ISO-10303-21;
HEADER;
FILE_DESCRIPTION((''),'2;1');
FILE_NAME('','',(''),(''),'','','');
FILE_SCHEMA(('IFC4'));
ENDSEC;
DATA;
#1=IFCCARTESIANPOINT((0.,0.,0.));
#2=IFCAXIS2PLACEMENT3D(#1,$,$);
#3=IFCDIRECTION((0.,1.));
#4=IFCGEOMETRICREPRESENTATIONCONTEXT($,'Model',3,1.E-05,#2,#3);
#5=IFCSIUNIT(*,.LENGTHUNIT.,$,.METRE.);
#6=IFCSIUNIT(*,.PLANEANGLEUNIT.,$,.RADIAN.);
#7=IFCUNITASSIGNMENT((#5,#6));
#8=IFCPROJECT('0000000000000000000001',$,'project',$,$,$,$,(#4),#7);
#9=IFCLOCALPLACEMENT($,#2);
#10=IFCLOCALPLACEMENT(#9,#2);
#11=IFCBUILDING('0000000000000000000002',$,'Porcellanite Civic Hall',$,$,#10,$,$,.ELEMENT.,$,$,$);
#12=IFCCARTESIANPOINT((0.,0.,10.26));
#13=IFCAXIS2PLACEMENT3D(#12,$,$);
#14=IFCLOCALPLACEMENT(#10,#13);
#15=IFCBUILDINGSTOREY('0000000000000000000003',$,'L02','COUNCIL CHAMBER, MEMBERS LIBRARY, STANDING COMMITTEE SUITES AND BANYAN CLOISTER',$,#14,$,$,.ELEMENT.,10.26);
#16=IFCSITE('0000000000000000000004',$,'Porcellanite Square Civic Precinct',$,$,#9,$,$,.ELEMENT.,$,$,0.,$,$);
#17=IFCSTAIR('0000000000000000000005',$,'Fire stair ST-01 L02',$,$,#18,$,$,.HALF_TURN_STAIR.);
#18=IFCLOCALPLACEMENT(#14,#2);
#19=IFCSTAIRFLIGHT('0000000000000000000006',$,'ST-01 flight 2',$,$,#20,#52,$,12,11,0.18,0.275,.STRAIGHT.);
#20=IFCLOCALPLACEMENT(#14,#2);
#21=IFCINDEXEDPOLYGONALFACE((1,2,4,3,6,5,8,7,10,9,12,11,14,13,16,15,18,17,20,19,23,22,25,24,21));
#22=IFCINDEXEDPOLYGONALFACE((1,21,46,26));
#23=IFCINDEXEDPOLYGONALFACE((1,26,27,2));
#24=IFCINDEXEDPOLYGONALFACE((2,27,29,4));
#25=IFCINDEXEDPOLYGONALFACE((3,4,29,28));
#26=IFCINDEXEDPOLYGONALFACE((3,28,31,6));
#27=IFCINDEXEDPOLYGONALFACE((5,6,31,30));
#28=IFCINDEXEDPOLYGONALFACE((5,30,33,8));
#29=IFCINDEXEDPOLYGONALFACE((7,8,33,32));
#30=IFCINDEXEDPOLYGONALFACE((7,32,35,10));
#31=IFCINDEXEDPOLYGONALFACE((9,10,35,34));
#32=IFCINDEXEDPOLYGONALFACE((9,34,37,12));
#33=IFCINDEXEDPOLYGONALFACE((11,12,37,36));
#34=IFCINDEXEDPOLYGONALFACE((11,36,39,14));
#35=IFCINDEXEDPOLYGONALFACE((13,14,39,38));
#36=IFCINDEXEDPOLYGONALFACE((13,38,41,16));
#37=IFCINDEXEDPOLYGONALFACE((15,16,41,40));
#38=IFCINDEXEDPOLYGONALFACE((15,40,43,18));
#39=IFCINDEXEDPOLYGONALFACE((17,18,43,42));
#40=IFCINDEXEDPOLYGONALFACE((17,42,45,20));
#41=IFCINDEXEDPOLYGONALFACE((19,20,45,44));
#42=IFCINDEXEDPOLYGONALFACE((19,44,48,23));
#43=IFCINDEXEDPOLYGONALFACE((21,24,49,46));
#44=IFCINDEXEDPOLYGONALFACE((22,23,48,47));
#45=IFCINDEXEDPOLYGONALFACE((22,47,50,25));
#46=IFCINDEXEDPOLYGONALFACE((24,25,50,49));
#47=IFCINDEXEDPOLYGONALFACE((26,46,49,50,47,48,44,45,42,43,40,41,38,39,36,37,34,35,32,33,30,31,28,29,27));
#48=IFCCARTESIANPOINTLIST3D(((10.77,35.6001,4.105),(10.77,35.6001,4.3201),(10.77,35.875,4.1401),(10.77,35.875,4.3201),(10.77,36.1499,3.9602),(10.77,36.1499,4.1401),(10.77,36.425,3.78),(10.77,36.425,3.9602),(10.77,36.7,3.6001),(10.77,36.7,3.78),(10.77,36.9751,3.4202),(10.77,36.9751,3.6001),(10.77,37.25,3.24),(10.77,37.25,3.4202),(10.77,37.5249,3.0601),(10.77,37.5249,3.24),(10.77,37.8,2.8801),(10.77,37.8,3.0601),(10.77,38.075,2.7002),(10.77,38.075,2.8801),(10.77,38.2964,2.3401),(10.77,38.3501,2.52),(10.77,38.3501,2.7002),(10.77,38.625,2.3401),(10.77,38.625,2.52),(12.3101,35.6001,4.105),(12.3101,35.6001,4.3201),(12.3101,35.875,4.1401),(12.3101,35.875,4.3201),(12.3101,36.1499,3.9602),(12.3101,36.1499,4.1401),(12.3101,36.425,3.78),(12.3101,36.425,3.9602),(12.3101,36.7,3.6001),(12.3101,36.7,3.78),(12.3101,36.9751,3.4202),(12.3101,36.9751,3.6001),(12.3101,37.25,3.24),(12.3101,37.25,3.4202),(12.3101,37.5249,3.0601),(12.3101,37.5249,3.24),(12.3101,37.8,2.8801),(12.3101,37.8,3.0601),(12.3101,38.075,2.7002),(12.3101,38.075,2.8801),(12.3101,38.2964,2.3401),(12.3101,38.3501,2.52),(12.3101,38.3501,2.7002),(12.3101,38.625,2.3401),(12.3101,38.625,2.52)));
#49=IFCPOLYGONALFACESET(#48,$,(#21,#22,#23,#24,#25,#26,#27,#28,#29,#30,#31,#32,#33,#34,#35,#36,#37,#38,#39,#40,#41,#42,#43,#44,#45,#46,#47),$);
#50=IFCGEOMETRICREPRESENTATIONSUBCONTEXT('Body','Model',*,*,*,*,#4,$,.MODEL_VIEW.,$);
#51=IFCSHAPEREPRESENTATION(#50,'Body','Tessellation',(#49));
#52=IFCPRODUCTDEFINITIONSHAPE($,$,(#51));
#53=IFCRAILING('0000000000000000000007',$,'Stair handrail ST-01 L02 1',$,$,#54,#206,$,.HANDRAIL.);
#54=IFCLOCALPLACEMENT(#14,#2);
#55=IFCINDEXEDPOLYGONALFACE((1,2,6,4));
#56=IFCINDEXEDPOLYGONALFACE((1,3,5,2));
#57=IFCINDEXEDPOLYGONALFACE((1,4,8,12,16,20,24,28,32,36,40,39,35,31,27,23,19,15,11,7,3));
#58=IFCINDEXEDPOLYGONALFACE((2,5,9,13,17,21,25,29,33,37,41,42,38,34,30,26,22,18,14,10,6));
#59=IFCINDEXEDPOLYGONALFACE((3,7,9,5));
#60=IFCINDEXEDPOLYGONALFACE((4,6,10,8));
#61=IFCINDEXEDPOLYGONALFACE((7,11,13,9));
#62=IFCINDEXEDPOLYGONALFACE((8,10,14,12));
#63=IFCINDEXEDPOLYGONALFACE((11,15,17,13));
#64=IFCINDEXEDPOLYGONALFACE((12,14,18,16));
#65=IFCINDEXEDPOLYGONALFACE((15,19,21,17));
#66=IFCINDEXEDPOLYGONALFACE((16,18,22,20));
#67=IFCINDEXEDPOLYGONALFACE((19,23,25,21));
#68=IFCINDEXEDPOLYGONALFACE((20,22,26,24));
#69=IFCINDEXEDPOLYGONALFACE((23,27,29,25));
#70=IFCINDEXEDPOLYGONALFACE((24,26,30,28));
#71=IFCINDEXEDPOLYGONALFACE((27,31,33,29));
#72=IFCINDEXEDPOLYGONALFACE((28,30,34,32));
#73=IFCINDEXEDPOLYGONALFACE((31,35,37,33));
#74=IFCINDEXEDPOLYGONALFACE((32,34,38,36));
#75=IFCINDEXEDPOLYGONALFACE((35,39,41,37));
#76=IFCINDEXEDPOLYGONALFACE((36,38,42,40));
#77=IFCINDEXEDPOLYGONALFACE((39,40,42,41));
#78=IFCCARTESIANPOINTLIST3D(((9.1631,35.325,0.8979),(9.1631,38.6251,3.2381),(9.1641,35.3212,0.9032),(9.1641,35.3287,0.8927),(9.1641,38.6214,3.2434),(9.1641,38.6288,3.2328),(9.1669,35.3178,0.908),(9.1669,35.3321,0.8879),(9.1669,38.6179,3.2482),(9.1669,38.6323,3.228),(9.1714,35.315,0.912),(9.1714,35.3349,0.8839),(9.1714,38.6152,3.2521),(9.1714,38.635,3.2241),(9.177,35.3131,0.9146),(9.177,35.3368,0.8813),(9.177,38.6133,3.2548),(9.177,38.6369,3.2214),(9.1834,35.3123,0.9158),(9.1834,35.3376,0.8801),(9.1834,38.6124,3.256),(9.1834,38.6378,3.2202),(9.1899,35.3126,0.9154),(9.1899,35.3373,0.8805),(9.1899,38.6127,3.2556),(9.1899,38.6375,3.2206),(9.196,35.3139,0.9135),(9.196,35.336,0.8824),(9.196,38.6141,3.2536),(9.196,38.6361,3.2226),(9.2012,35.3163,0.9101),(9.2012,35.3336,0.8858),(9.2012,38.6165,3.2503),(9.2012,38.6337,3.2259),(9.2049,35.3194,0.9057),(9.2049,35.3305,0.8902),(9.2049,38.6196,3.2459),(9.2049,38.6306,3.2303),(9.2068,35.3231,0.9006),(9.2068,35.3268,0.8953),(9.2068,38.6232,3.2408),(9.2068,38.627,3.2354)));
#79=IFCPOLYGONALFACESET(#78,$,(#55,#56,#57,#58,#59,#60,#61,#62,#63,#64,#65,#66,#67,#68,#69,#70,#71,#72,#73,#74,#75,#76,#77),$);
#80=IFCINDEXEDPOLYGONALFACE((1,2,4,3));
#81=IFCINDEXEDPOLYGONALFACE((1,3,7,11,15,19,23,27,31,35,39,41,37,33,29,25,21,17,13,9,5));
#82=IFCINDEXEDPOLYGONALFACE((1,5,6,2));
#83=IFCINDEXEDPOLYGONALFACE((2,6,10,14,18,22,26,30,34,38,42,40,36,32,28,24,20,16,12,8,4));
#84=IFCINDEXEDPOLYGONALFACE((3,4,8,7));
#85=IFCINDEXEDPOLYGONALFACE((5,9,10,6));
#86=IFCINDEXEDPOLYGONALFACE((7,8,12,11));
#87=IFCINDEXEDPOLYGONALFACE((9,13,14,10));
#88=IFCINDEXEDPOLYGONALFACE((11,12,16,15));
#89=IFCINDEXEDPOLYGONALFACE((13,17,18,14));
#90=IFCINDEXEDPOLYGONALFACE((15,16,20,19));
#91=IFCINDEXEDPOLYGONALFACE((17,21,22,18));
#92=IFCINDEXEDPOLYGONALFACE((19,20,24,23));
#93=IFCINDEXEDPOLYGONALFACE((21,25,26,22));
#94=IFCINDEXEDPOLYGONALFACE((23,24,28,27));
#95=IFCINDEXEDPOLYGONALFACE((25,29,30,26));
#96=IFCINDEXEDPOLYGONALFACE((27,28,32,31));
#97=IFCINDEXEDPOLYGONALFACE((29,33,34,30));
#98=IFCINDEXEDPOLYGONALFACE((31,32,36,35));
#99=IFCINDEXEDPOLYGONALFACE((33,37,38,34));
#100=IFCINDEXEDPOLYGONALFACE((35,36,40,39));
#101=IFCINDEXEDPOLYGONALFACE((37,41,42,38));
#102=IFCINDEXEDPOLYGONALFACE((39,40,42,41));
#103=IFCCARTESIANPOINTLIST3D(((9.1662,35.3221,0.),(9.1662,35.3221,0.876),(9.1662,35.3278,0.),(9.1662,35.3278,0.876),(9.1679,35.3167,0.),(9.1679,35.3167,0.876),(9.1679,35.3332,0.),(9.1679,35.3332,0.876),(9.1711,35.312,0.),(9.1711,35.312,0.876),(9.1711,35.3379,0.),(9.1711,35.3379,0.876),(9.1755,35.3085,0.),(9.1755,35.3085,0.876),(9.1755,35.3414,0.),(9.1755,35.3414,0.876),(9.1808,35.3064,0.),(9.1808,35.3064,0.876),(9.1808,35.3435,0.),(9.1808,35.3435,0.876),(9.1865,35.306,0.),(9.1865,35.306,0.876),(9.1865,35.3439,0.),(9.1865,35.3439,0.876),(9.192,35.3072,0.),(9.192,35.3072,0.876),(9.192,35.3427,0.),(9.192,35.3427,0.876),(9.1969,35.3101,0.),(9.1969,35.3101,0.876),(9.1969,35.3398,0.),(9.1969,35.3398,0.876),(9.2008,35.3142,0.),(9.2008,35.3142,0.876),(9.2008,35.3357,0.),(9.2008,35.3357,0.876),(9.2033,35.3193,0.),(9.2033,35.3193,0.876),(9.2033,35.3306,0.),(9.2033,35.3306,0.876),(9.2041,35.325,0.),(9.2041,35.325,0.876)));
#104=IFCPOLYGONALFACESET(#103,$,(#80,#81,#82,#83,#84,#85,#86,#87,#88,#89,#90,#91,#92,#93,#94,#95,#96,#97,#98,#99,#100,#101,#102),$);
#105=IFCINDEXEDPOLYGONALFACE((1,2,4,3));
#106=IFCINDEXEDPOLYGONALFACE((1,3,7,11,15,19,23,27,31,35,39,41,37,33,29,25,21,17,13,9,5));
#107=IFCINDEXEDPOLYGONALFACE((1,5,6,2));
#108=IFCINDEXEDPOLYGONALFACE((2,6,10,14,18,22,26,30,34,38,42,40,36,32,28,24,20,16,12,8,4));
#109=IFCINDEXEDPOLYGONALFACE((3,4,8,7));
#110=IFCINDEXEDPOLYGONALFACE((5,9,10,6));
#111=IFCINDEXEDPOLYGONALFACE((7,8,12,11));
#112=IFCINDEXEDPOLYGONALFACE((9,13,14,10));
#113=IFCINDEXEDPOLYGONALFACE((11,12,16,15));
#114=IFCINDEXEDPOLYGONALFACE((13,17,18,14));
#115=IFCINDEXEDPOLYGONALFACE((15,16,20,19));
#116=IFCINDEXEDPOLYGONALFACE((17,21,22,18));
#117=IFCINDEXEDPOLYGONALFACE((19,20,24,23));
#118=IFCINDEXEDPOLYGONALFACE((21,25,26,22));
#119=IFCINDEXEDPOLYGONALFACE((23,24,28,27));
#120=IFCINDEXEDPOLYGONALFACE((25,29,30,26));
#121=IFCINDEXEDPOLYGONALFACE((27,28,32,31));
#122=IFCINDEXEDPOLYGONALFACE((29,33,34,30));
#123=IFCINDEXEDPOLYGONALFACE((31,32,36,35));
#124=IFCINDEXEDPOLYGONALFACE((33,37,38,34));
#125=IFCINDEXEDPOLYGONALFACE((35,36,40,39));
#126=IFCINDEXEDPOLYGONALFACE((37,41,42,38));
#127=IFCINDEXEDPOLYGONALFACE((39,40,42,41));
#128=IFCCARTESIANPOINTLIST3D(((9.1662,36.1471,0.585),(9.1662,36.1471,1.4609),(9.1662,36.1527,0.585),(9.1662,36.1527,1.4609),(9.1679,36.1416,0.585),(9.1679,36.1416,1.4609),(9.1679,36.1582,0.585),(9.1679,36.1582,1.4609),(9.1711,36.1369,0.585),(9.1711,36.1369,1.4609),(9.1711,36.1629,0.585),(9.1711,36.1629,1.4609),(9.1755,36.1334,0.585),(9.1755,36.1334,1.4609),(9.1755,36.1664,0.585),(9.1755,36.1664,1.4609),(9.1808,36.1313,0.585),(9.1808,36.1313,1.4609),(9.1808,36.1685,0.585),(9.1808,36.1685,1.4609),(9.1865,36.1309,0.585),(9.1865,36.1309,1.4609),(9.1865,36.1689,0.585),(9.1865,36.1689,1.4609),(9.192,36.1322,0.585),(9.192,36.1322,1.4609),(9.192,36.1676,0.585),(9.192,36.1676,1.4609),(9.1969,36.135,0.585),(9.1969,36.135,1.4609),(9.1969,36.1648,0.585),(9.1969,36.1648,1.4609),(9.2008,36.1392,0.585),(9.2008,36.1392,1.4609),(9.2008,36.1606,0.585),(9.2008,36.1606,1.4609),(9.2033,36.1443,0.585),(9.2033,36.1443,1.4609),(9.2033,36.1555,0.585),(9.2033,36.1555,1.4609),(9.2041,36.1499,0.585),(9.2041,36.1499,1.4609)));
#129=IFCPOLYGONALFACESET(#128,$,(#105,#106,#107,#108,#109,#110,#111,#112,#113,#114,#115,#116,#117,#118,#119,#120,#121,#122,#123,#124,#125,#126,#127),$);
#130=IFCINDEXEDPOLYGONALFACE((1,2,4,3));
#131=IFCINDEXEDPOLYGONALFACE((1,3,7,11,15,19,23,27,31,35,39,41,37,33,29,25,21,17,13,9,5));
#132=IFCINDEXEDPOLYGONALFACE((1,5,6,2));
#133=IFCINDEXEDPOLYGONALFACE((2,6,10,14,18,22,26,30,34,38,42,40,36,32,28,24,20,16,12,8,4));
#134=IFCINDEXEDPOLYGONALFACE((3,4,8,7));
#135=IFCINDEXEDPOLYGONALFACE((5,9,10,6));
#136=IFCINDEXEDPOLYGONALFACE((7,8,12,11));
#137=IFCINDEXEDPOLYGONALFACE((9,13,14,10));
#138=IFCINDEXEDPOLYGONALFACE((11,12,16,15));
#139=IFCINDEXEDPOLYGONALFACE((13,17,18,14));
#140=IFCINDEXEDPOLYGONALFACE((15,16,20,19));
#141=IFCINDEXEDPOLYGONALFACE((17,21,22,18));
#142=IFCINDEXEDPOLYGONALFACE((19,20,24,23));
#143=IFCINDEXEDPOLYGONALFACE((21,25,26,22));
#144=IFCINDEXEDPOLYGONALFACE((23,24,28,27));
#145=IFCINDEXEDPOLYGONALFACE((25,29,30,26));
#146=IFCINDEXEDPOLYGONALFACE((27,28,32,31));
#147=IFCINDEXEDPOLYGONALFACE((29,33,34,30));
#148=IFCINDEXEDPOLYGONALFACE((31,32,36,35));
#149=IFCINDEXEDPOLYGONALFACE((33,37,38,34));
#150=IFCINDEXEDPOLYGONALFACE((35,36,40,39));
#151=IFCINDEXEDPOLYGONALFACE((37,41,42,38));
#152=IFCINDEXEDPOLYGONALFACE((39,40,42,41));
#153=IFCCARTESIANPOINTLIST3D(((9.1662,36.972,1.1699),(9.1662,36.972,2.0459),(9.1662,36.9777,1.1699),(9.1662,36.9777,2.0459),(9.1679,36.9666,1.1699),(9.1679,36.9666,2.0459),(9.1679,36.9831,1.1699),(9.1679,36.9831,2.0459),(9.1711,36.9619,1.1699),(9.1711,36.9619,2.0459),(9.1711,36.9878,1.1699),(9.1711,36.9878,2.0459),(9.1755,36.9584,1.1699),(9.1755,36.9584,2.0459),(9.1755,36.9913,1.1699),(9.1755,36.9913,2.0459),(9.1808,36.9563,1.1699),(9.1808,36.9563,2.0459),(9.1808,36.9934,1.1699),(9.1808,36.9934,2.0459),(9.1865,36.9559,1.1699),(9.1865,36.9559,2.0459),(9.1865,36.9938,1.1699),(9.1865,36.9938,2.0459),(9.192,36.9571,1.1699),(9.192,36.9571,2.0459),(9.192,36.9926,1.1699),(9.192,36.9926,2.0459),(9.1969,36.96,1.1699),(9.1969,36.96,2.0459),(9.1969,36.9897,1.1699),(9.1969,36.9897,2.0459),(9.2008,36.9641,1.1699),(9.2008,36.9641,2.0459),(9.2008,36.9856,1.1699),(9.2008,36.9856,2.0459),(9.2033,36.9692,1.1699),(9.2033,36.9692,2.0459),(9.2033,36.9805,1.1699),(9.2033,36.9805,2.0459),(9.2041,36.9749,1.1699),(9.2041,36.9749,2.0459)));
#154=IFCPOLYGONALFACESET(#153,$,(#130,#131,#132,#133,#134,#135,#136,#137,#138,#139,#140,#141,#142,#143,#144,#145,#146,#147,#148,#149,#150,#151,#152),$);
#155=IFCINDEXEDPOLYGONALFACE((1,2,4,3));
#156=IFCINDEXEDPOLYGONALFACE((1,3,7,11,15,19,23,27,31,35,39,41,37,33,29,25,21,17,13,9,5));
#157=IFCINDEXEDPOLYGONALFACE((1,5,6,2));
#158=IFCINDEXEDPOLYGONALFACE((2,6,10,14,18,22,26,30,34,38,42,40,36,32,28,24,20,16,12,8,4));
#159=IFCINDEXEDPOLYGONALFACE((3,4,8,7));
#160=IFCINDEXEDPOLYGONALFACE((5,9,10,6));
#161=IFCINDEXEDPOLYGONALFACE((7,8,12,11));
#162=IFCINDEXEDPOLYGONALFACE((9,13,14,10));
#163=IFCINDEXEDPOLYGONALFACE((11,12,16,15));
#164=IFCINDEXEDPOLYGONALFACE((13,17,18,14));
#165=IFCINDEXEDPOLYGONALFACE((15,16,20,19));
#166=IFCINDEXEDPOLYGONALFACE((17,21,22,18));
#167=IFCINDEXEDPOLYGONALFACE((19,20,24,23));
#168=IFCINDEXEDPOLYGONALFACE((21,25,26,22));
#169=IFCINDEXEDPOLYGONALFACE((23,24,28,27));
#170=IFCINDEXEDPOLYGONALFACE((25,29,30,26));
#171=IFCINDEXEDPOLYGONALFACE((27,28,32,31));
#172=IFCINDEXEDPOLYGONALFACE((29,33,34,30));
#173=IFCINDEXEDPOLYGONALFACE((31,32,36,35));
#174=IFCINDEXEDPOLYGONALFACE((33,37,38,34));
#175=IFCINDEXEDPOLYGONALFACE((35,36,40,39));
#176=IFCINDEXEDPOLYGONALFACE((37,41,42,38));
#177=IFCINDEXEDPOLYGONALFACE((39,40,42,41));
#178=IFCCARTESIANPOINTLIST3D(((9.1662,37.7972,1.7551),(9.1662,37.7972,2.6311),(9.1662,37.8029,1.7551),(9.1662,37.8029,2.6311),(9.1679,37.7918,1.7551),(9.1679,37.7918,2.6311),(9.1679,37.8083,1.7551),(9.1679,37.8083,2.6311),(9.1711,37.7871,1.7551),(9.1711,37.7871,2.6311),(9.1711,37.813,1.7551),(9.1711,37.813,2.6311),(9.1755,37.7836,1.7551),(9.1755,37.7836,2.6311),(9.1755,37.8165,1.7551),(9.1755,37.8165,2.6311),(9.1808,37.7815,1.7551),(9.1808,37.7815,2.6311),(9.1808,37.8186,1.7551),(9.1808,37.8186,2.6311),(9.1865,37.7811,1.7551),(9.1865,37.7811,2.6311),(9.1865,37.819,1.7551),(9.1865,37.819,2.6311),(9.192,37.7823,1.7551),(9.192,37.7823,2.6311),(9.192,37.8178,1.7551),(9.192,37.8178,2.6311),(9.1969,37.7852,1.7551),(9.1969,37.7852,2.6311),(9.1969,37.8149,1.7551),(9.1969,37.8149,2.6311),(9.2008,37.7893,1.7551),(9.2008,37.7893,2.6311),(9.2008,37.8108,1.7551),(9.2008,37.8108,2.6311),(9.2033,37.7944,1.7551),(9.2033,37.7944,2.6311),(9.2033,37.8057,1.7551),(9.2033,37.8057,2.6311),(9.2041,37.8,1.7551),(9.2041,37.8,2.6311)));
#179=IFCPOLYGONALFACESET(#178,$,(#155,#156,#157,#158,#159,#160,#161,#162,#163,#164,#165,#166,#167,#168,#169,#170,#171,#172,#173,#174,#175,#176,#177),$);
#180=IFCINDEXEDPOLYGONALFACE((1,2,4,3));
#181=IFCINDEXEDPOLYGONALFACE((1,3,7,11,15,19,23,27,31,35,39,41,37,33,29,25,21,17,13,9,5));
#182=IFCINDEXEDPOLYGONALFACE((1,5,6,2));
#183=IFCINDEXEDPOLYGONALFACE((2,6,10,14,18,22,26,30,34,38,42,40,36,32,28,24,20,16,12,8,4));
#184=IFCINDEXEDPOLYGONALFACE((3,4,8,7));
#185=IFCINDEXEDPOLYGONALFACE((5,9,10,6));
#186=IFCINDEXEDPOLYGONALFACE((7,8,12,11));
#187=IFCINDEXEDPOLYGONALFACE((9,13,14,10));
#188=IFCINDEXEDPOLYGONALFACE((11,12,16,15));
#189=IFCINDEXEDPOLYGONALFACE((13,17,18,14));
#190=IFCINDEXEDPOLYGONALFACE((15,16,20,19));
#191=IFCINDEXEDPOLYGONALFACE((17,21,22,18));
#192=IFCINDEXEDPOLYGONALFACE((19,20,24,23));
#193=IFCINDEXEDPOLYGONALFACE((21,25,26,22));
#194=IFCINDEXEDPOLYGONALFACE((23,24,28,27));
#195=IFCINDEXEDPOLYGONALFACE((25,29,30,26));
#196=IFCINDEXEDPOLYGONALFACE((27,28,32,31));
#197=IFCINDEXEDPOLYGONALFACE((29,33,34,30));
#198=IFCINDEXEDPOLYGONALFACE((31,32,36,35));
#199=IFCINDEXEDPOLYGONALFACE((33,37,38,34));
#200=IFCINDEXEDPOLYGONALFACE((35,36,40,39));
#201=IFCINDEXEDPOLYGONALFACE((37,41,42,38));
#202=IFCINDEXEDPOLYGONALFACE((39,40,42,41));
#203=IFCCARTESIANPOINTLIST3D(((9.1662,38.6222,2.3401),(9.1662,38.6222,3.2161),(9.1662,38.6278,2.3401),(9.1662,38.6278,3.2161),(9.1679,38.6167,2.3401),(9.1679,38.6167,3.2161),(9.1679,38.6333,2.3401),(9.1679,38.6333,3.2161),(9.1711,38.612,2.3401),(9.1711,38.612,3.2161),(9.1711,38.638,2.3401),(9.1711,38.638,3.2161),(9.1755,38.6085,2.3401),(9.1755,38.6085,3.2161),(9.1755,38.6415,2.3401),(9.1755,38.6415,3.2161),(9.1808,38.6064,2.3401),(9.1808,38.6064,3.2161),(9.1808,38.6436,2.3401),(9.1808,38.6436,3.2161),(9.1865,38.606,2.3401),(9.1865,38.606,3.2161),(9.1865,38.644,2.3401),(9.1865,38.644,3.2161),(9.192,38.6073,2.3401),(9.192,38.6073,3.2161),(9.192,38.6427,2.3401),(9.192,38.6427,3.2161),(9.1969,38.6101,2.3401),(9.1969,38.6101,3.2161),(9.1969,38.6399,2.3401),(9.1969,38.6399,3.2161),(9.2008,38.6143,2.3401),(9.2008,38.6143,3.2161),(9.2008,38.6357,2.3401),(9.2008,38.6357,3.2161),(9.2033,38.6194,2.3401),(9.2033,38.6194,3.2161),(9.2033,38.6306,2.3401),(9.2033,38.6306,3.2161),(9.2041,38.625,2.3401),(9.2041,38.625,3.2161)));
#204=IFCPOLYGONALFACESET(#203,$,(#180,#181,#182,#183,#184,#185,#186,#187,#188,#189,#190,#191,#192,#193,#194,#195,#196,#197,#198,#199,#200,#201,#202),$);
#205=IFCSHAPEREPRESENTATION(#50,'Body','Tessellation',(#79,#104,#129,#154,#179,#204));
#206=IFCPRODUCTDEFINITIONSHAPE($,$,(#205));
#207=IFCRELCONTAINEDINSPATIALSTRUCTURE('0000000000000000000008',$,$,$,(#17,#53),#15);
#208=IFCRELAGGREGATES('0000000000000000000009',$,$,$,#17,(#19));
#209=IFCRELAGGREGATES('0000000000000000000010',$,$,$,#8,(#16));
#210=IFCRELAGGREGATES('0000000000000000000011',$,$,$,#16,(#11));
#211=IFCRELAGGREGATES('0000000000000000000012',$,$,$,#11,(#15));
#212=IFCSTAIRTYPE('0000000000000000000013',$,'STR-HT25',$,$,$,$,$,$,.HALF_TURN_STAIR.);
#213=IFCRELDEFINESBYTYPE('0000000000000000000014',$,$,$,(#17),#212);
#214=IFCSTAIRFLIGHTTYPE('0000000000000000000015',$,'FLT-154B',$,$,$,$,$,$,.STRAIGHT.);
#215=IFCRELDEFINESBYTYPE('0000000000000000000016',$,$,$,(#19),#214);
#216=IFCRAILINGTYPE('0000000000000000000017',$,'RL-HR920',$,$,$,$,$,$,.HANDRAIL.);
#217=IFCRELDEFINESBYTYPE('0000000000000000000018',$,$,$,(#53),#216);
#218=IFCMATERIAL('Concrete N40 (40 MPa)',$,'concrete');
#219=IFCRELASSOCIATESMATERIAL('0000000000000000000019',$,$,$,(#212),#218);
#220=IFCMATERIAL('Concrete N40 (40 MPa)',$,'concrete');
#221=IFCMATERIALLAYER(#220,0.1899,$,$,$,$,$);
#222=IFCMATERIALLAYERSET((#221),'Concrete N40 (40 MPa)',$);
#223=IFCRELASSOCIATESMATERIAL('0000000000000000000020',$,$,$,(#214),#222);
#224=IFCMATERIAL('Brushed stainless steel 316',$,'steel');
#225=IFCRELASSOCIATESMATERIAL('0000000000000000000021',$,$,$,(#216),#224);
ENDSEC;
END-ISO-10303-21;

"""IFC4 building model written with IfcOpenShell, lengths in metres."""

from ifc_helpers import new_model, si_unit, direction, frame, origin, origin_2d, place, context, subcontext, project, spatial, polyline, circle, outline, extrude, material, layer, layer_set, type_object, element, aggregate, save


model = new_model("IFC4")

# Units and contexts
model_context = context("Model", 3, precision=1e-05, world=origin(), true_north=direction((0.0, 1.0)))
body_context = subcontext(model_context, "Body", "Model", "MODEL_VIEW")
ifc_project = project(units=[si_unit("LENGTHUNIT", "METRE"), si_unit("PLANEANGLEUNIT", "RADIAN")], contexts=[model_context])

# Site, building, storey
site_placement = place(None, origin())
site = spatial("IfcSite", under=ifc_project, at=site_placement, Name="Porcellanite Square Civic Precinct", CompositionType="ELEMENT", RefElevation=0.0)
building_placement = place(site_placement, origin())
building = spatial("IfcBuilding", under=site, at=building_placement, Name="Porcellanite Civic Hall", CompositionType="ELEMENT")
storey_placement = place(building_placement, frame((0.0, 0.0, 10.26)))
storey = spatial("IfcBuildingStorey", under=building, at=storey_placement, Name="L02", Description="COUNCIL CHAMBER, MEMBERS LIBRARY, STANDING COMMITTEE SUITES AND BANYAN CLOISTER", CompositionType="ELEMENT", Elevation=10.26)

# Stair, stair flight
ifc_material_1 = material(Name="Concrete N40 (40 MPa)", Category="concrete")
stair_type = type_object("IfcStairType", Name="STR-HT25", PredefinedType="HALF_TURN_STAIR", material=ifc_material_1)
stair_placement = place(storey_placement, origin())
stair = element("IfcStair", 1, at=stair_placement, inside=storey, type_object=stair_type, Name="Fire stair ST-01 L02", PredefinedType="HALF_TURN_STAIR")
ifc_material_2 = material(Name="Concrete N40 (40 MPa)", Category="concrete")
ifc_layer_1 = layer(ifc_material_2, 0.1899)
ifc_layer_set_1 = layer_set([ifc_layer_1], Name="Concrete N40 (40 MPa)")
stair_flight_type = type_object("IfcStairFlightType", Name="FLT-154B", PredefinedType="STRAIGHT", material=ifc_layer_set_1)
stair_flight_1_placement = place(storey_placement, frame((11.54, 38.625, 2.3401), z_axis=(0.0, 0.0, 1.0), x_axis=(0.0, -1.0, 0.0)))
stair_flight_1 = element("IfcStairFlight", 2, at=stair_flight_1_placement, type_object=stair_flight_type, Name="ST-01 flight 2", NumberOfRisers=12, NumberOfTreads=11, PredefinedType="STRAIGHT", RiserHeight=0.18, TreadLength=0.275, context=body_context, shape_type="SweptSolid", body=[
    extrude(outline(polyline([(0.0, 0.0), (0.0, 0.1799), (0.2749, 0.1799), (0.2749, 0.3601), (0.55, 0.3601), (0.55, 0.54), (0.825, 0.54), (0.825, 0.72), (1.1001, 0.72), (1.1001, 0.8999), (1.375, 0.8999), (1.375, 1.0801), (1.6499, 1.0801), (1.6499, 1.26), (1.925, 1.26), (1.925, 1.4399), (2.2, 1.4399), (2.2, 1.6201), (2.4751, 1.6201), (2.4751, 1.8), (2.75, 1.8), (2.75, 1.98), (3.0249, 1.98), (3.0249, 2.1599), (3.0249, 1.7649), (0.3286, 0.0), (0.0, 0.0)])), frame((0.0, 0.77, 0.0), z_axis=(0.0, -1.0, 0.0), x_axis=(1.0, 0.0, 0.0)), (0.0, 0.0, 1.0), 1.54),
])
aggregate(stair, [stair_flight_1])

# Railing
ifc_material_3 = material(Name="Brushed stainless steel 316", Category="steel")
railing_type_1 = type_object("IfcRailingType", Name="RL-HR920", PredefinedType="HANDRAIL", material=ifc_material_3)
railing_1_placement = place(storey_placement, frame((9.1851, 35.325, 0.0)))
element("IfcRailing", 3, at=railing_1_placement, inside=storey, type_object=railing_type_1, Name="Stair handrail ST-01 L02 1", PredefinedType="HANDRAIL", context=body_context, shape_type="SweptSolid", body=[
    extrude(circle(Radius=0.022, at=origin_2d()), frame((0.0, 0.0, 0.8979), z_axis=(0.0, 0.815727, 0.578438), x_axis=(-1.0, 0.0, 0.0)), (0.0, 0.0, 1.0), 4.0457),
    extrude(circle(Radius=0.019, at=origin_2d()), origin(), (0.0, 0.0, 1.0), 0.876),
    extrude(circle(Radius=0.019, at=origin_2d()), frame((0.0, 0.825, 0.585)), (0.0, 0.0, 1.0), 0.876),
    extrude(circle(Radius=0.019, at=origin_2d()), frame((0.0, 1.6499, 1.1699)), (0.0, 0.0, 1.0), 0.876),
    extrude(circle(Radius=0.019, at=origin_2d()), frame((0.0, 2.4751, 1.7551)), (0.0, 0.0, 1.0), 0.876),
    extrude(circle(Radius=0.019, at=origin_2d()), frame((0.0, 3.3, 2.3401)), (0.0, 0.0, 1.0), 0.876),
])

save(model, "model.ifc")
